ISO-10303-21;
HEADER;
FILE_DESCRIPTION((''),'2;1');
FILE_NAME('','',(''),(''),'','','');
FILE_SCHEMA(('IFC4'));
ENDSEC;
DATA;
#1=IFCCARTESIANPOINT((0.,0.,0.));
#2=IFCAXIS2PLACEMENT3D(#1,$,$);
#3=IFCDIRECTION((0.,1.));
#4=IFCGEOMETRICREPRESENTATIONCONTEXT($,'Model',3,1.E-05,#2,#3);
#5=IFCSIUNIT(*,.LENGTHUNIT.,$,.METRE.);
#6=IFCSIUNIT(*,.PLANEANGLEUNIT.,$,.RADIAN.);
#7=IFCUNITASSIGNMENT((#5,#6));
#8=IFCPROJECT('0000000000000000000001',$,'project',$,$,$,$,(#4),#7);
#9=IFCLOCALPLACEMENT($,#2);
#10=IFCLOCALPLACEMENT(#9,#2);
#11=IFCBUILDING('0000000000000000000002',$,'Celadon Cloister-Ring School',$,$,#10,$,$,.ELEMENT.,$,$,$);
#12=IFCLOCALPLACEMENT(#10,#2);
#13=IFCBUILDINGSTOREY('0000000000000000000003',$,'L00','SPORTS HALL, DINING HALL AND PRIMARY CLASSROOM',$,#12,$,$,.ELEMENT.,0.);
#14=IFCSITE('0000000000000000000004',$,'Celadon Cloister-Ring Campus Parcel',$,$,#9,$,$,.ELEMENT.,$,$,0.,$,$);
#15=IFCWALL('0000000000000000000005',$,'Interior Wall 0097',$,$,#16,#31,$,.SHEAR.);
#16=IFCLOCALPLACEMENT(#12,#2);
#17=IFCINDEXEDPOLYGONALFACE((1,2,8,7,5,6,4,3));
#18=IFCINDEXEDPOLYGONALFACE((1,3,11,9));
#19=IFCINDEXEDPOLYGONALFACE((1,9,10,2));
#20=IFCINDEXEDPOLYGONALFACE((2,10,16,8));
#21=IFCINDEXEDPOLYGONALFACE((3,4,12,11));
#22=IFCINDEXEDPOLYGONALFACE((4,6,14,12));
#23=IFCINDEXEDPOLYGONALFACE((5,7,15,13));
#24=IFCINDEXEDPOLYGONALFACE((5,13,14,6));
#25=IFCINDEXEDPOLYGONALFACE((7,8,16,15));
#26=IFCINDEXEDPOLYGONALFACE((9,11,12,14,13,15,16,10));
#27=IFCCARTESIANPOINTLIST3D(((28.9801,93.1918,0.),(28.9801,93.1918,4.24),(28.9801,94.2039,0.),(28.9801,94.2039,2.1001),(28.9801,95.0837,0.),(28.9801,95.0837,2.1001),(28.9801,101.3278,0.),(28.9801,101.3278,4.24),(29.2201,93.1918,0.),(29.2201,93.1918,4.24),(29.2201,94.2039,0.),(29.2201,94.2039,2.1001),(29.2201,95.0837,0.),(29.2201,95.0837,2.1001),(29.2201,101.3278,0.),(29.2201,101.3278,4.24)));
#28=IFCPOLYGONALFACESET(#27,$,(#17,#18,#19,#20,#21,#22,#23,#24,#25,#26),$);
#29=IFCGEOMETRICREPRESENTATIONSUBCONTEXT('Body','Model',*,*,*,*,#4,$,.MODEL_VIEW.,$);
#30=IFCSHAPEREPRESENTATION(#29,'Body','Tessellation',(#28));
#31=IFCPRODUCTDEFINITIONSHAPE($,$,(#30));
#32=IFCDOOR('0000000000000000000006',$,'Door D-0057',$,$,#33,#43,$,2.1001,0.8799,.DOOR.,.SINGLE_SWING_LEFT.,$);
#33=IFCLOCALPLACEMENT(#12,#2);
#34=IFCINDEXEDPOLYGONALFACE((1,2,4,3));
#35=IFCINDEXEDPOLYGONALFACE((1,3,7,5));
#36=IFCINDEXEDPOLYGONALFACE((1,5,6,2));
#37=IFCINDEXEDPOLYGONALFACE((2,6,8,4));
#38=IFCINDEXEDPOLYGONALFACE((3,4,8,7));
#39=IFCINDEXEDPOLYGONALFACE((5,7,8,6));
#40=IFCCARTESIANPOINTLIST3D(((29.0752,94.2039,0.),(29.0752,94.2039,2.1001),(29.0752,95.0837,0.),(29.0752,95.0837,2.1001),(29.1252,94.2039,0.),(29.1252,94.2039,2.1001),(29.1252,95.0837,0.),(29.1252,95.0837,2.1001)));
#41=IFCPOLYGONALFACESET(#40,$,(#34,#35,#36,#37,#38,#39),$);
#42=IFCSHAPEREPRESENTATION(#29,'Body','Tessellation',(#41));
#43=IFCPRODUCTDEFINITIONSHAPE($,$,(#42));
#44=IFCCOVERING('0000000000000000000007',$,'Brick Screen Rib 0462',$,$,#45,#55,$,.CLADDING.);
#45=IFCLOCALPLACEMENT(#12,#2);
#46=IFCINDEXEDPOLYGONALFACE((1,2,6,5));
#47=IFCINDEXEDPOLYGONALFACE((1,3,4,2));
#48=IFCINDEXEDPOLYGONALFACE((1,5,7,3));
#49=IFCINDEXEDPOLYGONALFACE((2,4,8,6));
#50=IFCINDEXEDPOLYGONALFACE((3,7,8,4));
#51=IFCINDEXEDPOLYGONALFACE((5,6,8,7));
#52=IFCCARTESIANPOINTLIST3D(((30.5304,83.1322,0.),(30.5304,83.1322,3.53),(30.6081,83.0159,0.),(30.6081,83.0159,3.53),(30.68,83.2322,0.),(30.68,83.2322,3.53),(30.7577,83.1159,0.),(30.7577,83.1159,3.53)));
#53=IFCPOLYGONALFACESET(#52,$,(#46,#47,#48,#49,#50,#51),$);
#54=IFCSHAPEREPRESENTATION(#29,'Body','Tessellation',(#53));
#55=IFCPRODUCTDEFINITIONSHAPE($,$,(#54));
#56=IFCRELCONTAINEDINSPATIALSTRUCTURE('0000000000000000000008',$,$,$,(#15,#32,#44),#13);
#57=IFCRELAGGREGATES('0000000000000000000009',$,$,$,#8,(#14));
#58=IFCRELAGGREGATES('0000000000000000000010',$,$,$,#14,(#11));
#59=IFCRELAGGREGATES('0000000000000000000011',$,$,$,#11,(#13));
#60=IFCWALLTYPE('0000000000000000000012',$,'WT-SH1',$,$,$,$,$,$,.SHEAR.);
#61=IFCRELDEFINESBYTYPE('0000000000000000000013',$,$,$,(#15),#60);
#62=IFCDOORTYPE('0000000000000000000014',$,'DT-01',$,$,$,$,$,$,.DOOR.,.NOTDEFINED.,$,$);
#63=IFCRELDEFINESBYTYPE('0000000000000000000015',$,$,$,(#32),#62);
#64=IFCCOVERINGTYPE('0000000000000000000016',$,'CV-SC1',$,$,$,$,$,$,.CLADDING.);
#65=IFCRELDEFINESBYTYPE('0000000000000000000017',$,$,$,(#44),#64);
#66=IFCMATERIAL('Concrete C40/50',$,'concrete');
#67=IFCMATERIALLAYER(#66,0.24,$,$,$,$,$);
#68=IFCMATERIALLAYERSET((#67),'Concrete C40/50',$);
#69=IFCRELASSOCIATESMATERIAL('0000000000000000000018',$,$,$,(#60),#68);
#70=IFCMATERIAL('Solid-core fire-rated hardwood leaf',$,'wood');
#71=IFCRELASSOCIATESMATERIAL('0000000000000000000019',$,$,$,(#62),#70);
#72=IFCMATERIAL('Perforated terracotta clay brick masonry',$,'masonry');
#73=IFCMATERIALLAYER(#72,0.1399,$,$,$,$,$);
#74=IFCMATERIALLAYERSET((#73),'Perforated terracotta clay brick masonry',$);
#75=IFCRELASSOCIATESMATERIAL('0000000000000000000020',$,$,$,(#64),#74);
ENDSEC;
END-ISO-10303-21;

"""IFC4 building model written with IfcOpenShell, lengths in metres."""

from ifc_helpers import new_model, si_unit, direction, frame, frame_2d, origin, origin_2d, place, context, subcontext, project, spatial, rectangle, extrude, material, layer, layer_set, type_object, element, fill, save


model = new_model("IFC4")

# Units and contexts
model_context = context("Model", 3, precision=1e-05, world=origin(), true_north=direction((0.0, 1.0)))
body_context = subcontext(model_context, "Body", "Model", "MODEL_VIEW")
ifc_project = project(units=[si_unit("LENGTHUNIT", "METRE"), si_unit("PLANEANGLEUNIT", "RADIAN")], contexts=[model_context])

# Site, building, storey
site_placement = place(None, origin())
site = spatial("IfcSite", under=ifc_project, at=site_placement, Name="Celadon Cloister-Ring Campus Parcel", CompositionType="ELEMENT", RefElevation=0.0)
building_placement = place(site_placement, origin())
building = spatial("IfcBuilding", under=site, at=building_placement, Name="Celadon Cloister-Ring School", CompositionType="ELEMENT")
storey_placement = place(building_placement, origin())
storey = spatial("IfcBuildingStorey", under=building, at=storey_placement, Name="L00", Description="SPORTS HALL, DINING HALL AND PRIMARY CLASSROOM", CompositionType="ELEMENT", Elevation=0.0)

# Wall, opening, door
ifc_material_1 = material(Name="Concrete C40/50", Category="concrete")
ifc_layer_1 = layer(ifc_material_1, 0.24)
ifc_layer_set_1 = layer_set([ifc_layer_1], Name="Concrete C40/50")
wall_type_1 = type_object("IfcWallType", Name="WT-SH1", PredefinedType="SHEAR", material=ifc_layer_set_1)
wall_1_placement = place(storey_placement, frame((29.1001, 93.1919, 0.0), z_axis=(0.0, 0.0, 1.0), x_axis=(0.0, 1.0, 0.0)))
wall_1 = element("IfcWall", 1, at=wall_1_placement, inside=storey, type_object=wall_type_1, Name="Interior Wall 0097", PredefinedType="SHEAR", context=body_context, shape_type="SweptSolid", body=[
    extrude(rectangle(XDim=8.136, YDim=0.24, at=frame_2d((4.0679, 0.0))), origin(), (0.0, 0.0, 1.0), 4.24),
])
opening_1_placement = place(wall_1_placement, frame((1.012, 0.0, 0.0)))
opening_1 = element("IfcOpeningElement", 2, at=opening_1_placement, cuts=wall_1, PredefinedType="OPENING", context=body_context, shape_type="SweptSolid", body=[
    extrude(rectangle(XDim=0.8799, YDim=2.1001, at=frame_2d((0.4399, 1.05))), frame((0.0, 0.1299, 0.0), z_axis=(0.0, -1.0, 0.0), x_axis=(1.0, 0.0, 0.0)), (0.0, 0.0, 1.0), 0.26),
])
ifc_material_2 = material(Name="Solid-core fire-rated hardwood leaf", Category="wood")
door_type_1 = type_object("IfcDoorType", Name="DT-01", OperationType="NOTDEFINED", PredefinedType="DOOR", material=ifc_material_2)
door_1_placement = place(opening_1_placement, origin())
door_1 = element("IfcDoor", 3, at=door_1_placement, inside=storey, type_object=door_type_1, Name="Door D-0057", OperationType="SINGLE_SWING_LEFT", OverallHeight=2.1001, OverallWidth=0.8799, PredefinedType="DOOR", context=body_context, shape_type="SweptSolid", body=[
    extrude(rectangle(XDim=0.8799, YDim=2.1001, at=frame_2d((0.4399, 1.05))), frame((0.0, 0.0249, 0.0), z_axis=(0.0, -1.0, 0.0), x_axis=(1.0, 0.0, 0.0)), (0.0, 0.0, 1.0), 0.05),
])
fill(opening_1, door_1)

# Covering
ifc_material_3 = material(Name="Perforated terracotta clay brick masonry", Category="masonry")
ifc_layer_2 = layer(ifc_material_3, 0.1399)
ifc_layer_set_2 = layer_set([ifc_layer_2], Name="Perforated terracotta clay brick masonry")
covering_type = type_object("IfcCoveringType", Name="CV-SC1", PredefinedType="CLADDING", material=ifc_layer_set_2)
covering_placement = place(storey_placement, frame((30.644, 83.124, 0.0), z_axis=(0.0, 0.0, 1.0), x_axis=(-0.831392, -0.555686, 0.0)))
element("IfcCovering", 4, at=covering_placement, inside=storey, type_object=covering_type, Name="Brick Screen Rib 0462", PredefinedType="CLADDING", context=body_context, shape_type="SweptSolid", body=[
    extrude(rectangle(XDim=0.1799, YDim=0.1399, at=origin_2d()), origin(), (0.0, 0.0, 1.0), 3.53),
])

save(model, "model.ifc")
